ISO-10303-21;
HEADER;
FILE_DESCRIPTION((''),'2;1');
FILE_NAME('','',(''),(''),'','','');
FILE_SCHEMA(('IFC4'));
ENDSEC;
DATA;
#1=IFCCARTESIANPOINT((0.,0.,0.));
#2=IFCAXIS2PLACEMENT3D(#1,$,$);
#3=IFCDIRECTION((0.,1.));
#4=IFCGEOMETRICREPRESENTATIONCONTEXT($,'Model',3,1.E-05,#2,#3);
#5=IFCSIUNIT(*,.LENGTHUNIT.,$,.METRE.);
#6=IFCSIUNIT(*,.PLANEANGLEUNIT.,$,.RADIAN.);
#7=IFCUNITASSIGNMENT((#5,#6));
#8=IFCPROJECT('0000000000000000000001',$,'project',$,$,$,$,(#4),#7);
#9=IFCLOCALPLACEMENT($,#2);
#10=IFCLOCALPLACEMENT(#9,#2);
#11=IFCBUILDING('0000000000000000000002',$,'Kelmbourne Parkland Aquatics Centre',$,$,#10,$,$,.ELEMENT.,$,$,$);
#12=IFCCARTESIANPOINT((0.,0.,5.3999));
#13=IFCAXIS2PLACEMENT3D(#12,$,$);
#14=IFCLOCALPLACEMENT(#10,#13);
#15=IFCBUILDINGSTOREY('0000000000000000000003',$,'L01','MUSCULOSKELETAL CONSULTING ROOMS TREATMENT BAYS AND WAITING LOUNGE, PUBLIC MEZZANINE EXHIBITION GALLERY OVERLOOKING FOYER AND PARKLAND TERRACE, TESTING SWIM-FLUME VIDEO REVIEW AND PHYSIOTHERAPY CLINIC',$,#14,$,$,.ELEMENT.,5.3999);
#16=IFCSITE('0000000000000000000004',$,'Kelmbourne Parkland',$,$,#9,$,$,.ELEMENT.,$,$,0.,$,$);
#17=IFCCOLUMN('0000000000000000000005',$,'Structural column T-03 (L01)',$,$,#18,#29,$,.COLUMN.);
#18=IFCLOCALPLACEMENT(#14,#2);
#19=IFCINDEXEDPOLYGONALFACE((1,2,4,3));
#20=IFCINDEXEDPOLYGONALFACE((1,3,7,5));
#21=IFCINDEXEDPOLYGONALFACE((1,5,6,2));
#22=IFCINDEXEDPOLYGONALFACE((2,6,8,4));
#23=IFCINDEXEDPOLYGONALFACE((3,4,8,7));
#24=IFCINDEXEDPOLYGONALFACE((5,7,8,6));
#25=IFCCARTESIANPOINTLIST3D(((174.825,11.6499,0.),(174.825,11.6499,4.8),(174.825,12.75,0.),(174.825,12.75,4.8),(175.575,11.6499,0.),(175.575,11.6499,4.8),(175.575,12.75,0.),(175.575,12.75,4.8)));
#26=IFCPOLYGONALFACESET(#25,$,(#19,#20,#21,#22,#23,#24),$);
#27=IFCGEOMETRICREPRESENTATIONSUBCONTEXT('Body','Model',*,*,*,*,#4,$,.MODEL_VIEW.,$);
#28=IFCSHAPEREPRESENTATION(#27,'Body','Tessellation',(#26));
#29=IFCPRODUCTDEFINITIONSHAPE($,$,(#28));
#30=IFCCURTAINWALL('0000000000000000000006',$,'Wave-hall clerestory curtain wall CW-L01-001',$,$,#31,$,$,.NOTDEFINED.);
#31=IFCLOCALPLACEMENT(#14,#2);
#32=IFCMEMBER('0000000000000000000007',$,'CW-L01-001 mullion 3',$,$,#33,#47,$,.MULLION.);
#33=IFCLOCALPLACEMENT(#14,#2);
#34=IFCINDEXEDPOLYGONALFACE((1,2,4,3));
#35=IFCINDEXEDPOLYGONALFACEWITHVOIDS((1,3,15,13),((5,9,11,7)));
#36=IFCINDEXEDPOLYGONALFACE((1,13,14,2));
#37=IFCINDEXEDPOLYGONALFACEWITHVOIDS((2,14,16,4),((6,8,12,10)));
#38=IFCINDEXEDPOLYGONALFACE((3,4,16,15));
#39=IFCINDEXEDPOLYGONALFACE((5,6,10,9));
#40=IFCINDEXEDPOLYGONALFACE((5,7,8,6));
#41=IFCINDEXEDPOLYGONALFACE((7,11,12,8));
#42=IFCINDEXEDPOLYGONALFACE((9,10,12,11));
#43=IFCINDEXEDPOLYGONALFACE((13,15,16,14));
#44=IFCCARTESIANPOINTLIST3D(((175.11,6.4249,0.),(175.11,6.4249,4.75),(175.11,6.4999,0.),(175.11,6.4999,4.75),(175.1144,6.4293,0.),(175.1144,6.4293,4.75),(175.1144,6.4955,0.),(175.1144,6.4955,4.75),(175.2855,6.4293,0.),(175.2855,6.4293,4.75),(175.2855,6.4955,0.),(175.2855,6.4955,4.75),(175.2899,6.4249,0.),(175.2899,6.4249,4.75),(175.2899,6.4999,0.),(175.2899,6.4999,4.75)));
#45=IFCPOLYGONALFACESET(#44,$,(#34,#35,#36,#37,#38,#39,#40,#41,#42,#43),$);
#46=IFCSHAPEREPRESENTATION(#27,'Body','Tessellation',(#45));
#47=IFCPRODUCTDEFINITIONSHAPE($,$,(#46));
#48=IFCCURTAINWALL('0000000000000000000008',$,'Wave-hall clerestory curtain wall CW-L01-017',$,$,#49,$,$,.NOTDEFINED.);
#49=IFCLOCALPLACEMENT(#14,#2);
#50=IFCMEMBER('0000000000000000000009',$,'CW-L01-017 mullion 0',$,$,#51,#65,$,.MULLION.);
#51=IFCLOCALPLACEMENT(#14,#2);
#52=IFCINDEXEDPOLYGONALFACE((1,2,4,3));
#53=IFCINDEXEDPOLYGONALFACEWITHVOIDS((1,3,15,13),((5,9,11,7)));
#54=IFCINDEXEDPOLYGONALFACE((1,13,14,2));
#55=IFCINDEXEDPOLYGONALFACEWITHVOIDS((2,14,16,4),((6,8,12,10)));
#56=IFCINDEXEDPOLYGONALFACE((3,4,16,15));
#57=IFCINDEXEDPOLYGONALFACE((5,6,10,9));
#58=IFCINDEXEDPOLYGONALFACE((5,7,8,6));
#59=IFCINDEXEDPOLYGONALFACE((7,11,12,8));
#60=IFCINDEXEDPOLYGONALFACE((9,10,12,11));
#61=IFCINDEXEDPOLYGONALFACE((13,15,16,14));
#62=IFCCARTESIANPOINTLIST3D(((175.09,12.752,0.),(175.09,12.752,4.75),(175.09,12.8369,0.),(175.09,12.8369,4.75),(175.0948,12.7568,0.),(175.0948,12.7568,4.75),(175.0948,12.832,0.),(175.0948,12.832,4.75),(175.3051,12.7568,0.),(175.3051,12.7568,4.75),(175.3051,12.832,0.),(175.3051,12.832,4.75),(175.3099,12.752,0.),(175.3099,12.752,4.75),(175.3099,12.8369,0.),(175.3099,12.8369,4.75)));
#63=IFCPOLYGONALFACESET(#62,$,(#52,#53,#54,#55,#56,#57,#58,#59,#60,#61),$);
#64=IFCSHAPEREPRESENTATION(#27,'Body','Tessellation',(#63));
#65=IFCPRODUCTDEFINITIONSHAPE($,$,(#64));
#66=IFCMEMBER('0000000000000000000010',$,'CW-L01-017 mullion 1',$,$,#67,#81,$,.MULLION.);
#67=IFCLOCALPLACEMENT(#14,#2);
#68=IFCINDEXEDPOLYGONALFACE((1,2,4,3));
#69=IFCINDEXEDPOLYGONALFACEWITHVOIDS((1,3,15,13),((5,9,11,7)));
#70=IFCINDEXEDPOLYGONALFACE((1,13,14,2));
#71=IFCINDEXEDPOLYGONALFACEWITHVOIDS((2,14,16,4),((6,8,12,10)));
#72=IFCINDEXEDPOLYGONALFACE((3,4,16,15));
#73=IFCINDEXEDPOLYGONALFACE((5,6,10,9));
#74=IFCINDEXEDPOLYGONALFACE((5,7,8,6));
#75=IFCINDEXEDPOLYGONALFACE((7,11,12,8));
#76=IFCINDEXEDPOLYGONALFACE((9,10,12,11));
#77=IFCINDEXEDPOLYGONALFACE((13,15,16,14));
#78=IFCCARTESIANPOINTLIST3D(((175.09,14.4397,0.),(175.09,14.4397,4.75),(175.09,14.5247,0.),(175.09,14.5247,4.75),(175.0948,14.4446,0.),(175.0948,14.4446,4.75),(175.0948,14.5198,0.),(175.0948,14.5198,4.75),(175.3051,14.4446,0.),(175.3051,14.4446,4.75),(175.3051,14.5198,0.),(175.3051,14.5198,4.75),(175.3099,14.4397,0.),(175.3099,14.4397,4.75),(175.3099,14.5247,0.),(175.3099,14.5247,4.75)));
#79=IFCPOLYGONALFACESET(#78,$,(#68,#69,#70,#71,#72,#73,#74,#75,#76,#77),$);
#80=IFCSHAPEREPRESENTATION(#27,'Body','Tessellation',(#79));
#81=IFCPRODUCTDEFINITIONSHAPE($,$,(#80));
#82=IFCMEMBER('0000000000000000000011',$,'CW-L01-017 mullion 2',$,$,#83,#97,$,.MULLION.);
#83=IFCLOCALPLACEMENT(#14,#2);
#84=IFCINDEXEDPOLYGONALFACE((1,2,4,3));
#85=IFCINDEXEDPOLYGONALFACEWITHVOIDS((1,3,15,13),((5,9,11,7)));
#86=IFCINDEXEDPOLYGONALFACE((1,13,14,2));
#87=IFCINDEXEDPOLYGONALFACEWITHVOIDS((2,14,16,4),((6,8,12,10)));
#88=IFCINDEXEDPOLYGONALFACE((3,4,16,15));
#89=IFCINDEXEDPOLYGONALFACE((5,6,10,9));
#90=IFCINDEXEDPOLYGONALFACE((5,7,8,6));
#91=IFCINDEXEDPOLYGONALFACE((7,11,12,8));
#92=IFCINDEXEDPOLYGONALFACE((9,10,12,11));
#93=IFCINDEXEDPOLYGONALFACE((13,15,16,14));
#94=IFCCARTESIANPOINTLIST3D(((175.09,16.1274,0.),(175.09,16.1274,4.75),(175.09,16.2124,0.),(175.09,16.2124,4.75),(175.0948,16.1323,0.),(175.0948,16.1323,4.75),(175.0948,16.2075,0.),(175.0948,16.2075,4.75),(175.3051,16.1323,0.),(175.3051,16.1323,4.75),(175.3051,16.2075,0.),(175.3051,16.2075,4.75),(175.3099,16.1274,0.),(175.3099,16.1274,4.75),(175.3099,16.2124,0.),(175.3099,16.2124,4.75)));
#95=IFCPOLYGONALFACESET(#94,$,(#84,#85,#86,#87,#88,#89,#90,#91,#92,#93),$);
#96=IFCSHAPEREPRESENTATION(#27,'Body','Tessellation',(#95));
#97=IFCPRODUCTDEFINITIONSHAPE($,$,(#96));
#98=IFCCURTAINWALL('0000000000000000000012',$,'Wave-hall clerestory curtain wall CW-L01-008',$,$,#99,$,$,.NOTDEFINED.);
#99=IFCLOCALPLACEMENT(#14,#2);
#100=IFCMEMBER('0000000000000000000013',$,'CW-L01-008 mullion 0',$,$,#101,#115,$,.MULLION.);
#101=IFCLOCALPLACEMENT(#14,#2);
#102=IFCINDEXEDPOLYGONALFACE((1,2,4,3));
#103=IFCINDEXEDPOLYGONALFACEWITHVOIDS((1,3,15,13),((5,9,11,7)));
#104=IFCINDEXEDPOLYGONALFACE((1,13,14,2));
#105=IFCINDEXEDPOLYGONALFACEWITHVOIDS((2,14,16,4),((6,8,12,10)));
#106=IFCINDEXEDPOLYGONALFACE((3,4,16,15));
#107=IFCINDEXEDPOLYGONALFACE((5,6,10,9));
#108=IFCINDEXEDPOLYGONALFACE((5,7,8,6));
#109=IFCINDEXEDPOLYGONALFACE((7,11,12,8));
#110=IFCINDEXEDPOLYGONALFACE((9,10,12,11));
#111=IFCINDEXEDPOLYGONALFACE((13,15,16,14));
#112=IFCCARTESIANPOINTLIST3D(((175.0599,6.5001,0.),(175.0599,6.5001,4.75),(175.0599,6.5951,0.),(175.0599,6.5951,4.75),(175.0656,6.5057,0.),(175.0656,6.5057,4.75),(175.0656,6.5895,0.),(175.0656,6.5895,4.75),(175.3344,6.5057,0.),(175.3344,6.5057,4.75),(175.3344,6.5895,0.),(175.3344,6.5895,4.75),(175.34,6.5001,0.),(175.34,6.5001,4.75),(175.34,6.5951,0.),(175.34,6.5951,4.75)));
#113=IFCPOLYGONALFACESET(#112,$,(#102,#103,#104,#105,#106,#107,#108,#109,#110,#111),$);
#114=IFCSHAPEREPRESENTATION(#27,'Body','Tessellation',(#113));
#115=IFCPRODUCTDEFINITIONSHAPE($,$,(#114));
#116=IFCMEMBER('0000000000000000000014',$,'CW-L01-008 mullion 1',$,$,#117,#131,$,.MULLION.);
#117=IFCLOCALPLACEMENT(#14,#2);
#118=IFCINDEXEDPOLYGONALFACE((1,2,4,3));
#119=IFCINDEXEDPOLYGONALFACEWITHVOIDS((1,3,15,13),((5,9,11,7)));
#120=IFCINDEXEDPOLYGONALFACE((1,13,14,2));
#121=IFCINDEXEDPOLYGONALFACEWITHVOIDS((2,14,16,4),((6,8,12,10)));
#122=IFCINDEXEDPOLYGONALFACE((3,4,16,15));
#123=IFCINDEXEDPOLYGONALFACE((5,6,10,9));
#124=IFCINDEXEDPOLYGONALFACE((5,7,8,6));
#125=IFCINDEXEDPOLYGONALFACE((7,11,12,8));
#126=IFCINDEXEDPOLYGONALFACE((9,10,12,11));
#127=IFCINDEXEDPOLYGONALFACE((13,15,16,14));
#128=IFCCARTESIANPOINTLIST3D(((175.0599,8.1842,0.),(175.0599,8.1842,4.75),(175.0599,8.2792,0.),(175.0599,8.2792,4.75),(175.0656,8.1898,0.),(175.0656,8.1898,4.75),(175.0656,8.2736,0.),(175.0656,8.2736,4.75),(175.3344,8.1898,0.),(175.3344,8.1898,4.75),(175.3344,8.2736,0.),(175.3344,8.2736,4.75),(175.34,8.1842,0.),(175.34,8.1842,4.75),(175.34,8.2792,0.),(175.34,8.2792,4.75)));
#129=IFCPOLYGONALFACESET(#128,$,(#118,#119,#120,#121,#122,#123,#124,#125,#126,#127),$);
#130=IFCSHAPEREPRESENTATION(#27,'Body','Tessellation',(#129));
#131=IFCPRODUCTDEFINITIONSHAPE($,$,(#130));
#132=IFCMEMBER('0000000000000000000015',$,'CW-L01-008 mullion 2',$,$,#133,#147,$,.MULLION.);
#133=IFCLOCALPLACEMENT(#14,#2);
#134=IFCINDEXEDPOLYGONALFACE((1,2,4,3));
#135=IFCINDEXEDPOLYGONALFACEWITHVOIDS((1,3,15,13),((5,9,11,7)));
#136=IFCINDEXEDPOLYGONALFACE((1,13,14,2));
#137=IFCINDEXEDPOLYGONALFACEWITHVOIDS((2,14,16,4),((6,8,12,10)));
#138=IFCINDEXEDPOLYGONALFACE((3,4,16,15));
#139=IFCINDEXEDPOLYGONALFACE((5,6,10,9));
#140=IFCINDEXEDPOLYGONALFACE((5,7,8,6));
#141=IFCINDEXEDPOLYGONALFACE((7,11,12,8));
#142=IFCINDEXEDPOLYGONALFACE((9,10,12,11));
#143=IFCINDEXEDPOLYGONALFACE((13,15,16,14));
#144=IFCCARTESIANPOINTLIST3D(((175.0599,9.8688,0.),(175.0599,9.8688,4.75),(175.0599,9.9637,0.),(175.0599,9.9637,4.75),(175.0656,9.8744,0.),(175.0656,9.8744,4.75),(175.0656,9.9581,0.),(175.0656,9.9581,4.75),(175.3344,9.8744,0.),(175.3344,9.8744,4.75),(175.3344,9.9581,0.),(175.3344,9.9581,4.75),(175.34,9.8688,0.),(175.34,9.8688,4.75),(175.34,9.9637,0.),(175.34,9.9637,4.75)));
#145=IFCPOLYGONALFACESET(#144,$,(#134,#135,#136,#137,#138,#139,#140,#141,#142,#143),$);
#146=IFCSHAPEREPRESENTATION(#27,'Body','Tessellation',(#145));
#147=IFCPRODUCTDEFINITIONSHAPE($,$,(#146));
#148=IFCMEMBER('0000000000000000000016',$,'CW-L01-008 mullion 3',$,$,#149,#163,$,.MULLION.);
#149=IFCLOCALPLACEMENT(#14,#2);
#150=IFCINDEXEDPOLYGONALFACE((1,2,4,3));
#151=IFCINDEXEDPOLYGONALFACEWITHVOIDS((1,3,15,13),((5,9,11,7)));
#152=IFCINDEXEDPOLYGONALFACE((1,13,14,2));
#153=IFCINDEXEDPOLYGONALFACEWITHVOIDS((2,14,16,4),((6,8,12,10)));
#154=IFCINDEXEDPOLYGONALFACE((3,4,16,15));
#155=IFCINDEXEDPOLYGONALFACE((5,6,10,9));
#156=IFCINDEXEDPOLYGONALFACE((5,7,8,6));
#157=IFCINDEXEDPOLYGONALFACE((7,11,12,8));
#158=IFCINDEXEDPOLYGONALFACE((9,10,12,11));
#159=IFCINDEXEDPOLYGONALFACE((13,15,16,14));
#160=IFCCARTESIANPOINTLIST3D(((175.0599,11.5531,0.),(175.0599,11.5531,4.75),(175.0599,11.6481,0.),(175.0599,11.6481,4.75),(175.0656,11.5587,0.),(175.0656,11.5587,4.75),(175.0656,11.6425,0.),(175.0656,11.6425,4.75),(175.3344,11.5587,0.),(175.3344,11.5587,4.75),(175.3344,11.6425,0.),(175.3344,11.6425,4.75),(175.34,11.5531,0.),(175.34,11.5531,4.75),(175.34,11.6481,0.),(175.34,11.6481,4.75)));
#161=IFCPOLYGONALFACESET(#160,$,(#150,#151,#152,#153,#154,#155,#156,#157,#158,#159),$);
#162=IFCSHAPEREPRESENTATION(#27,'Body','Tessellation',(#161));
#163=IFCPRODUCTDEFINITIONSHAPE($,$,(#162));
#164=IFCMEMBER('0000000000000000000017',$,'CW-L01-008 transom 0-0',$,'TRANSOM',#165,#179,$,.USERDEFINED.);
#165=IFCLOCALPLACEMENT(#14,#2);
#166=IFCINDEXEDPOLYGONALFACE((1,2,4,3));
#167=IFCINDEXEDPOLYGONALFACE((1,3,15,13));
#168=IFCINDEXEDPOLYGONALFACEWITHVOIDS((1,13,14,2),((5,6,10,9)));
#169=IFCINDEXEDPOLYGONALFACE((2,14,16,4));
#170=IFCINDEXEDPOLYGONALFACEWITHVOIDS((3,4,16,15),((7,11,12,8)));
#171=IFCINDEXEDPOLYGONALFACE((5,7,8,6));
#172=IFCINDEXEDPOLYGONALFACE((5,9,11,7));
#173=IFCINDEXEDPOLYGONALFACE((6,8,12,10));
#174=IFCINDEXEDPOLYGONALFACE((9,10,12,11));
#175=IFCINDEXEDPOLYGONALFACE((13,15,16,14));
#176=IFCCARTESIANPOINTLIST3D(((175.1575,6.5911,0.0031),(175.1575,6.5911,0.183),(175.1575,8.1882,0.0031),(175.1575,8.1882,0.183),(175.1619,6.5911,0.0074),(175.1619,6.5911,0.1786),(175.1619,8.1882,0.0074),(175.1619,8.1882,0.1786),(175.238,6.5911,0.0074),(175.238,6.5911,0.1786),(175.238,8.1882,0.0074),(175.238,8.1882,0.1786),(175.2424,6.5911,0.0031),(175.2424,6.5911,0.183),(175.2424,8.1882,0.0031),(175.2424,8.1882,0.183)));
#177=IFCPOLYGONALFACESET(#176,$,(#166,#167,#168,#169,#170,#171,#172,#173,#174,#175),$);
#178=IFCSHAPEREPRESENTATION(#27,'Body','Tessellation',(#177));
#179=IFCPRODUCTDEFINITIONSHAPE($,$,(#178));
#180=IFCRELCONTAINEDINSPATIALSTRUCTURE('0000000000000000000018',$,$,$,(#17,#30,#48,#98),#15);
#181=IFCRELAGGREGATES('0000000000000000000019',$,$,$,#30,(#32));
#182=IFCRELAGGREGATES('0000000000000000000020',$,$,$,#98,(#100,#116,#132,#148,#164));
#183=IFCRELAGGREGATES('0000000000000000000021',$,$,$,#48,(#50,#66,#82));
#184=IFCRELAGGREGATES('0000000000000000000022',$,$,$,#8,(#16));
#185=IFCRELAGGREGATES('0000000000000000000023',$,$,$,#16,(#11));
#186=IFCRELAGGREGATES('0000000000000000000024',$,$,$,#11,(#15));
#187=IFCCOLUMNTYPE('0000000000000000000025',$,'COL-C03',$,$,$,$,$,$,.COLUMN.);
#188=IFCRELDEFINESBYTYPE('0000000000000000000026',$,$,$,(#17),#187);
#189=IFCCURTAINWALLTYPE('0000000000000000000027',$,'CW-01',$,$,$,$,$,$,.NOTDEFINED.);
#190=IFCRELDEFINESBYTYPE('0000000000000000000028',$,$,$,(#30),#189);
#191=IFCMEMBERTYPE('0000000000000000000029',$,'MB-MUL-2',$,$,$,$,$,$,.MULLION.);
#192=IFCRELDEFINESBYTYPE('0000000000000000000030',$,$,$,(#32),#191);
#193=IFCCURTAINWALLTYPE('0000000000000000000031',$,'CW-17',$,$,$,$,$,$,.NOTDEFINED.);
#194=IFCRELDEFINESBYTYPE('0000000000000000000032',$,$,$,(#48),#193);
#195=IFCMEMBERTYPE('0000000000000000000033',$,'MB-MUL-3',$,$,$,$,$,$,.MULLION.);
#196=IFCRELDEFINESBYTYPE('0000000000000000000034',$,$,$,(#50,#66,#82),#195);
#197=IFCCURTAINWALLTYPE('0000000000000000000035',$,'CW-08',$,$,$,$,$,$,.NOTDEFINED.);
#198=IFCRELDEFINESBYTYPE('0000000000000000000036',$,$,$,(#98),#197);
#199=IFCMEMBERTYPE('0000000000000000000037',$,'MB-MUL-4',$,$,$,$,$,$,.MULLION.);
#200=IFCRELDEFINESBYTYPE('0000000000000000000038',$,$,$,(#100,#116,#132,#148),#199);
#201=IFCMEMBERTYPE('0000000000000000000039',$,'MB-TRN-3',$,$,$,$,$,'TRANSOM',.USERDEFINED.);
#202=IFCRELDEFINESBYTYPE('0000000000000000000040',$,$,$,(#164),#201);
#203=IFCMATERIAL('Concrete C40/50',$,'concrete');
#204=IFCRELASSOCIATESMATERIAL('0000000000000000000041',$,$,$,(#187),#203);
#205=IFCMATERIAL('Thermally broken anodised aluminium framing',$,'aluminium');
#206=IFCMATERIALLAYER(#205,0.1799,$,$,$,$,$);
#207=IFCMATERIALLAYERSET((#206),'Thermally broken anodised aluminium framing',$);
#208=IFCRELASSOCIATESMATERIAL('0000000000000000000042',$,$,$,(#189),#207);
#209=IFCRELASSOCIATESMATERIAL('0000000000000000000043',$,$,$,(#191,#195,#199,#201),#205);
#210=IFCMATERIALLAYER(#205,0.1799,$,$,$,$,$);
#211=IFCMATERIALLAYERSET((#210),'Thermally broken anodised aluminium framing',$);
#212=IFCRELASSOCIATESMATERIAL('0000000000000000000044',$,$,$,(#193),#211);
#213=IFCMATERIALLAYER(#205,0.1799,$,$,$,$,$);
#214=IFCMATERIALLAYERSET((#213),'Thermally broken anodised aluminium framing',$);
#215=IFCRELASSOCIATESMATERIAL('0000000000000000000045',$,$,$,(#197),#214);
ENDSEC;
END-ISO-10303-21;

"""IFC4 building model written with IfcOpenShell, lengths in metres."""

from ifc_helpers import new_model, si_unit, direction, frame, origin, origin_2d, place, context, subcontext, project, spatial, rectangle, hollow_rectangle, extrude, material, layer, layer_set, material_profile, profile_set, type_object, element, aggregate, save


model = new_model("IFC4")

# Units and contexts
model_context = context("Model", 3, precision=1e-05, world=origin(), true_north=direction((0.0, 1.0)))
body_context = subcontext(model_context, "Body", "Model", "MODEL_VIEW")
ifc_project = project(units=[si_unit("LENGTHUNIT", "METRE"), si_unit("PLANEANGLEUNIT", "RADIAN")], contexts=[model_context])

# Site, building, storey
site_placement = place(None, origin())
site = spatial("IfcSite", under=ifc_project, at=site_placement, Name="Kelmbourne Parkland", CompositionType="ELEMENT", RefElevation=0.0)
building_placement = place(site_placement, origin())
building = spatial("IfcBuilding", under=site, at=building_placement, Name="Kelmbourne Parkland Aquatics Centre", CompositionType="ELEMENT")
storey_placement = place(building_placement, frame((0.0, 0.0, 5.3999)))
storey = spatial("IfcBuildingStorey", under=building, at=storey_placement, Name="L01", Description="MUSCULOSKELETAL CONSULTING ROOMS TREATMENT BAYS AND WAITING LOUNGE, PUBLIC MEZZANINE EXHIBITION GALLERY OVERLOOKING FOYER AND PARKLAND TERRACE, TESTING SWIM-FLUME VIDEO REVIEW AND PHYSIOTHERAPY CLINIC", CompositionType="ELEMENT", Elevation=5.3999)

# Column
ifc_material_1 = material(Name="Concrete C40/50", Category="concrete")
ifc_material_profile_1 = material_profile(ifc_material_1, rectangle(XDim=0.75, YDim=1.1001, at=origin_2d()), Name="RC 750x1100")
ifc_profile_set_1 = profile_set([ifc_material_profile_1], Name="Concrete C40/50")
column_type = type_object("IfcColumnType", Name="COL-C03", PredefinedType="COLUMN", material=ifc_profile_set_1)
column_placement = place(storey_placement, frame((175.2, 12.2, 0.0), z_axis=(0.0, 0.0, 1.0), x_axis=(1.0, 0.0, 0.0)))
element("IfcColumn", 1, at=column_placement, inside=storey, type_object=column_type, Name="Structural column T-03 (L01)", PredefinedType="COLUMN", context=body_context, shape_type="SweptSolid", body=[
    extrude(rectangle(XDim=0.75, YDim=1.1001, at=origin_2d()), origin(), (0.0, 0.0, 1.0), 4.8),
])

# Curtain wall, member
ifc_material_2 = material(Name="Thermally broken anodised aluminium framing", Category="aluminium")
ifc_layer_1 = layer(ifc_material_2, 0.1799)
ifc_layer_set_1 = layer_set([ifc_layer_1], Name="Thermally broken anodised aluminium framing")
curtain_wall_type_1 = type_object("IfcCurtainWallType", Name="CW-01", PredefinedType="NOTDEFINED", material=ifc_layer_set_1)
curtain_wall_1_placement = place(storey_placement, origin())
curtain_wall_1 = element("IfcCurtainWall", 2, at=curtain_wall_1_placement, inside=storey, type_object=curtain_wall_type_1, Name="Wave-hall clerestory curtain wall CW-L01-001", PredefinedType="NOTDEFINED")
ifc_material_profile_2 = material_profile(ifc_material_2, hollow_rectangle(XDim=0.075, YDim=0.1799, WallThickness=0.0044, at=origin_2d()), Name="CW-M 75x180")
ifc_profile_set_2 = profile_set([ifc_material_profile_2], Name="Thermally broken anodised aluminium framing")
member_type_1 = type_object("IfcMemberType", Name="MB-MUL-2", PredefinedType="MULLION", material=ifc_profile_set_2)
member_1_placement = place(storey_placement, frame((175.2, 6.4624, 0.0), z_axis=(0.0, 0.0, 1.0), x_axis=(0.0, 1.0, 0.0)))
member_1 = element("IfcMember", 3, at=member_1_placement, type_object=member_type_1, Name="CW-L01-001 mullion 3", PredefinedType="MULLION", context=body_context, shape_type="SweptSolid", body=[
    extrude(hollow_rectangle(XDim=0.075, YDim=0.1799, WallThickness=0.0044, at=origin_2d()), origin(), (0.0, 0.0, 1.0), 4.75),
])

# Curtain walls, members
ifc_layer_2 = layer(ifc_material_2, 0.1799)
ifc_layer_set_2 = layer_set([ifc_layer_2], Name="Thermally broken anodised aluminium framing")
curtain_wall_type_2 = type_object("IfcCurtainWallType", Name="CW-17", PredefinedType="NOTDEFINED", material=ifc_layer_set_2)
curtain_wall_2_placement = place(storey_placement, origin())
curtain_wall_2 = element("IfcCurtainWall", 4, at=curtain_wall_2_placement, inside=storey, type_object=curtain_wall_type_2, Name="Wave-hall clerestory curtain wall CW-L01-017", PredefinedType="NOTDEFINED")
ifc_material_profile_3 = material_profile(ifc_material_2, hollow_rectangle(XDim=0.085, YDim=0.22, WallThickness=0.0049, at=origin_2d()), Name="CW-M 85x220")
ifc_profile_set_3 = profile_set([ifc_material_profile_3], Name="Thermally broken anodised aluminium framing")
member_type_2 = type_object("IfcMemberType", Name="MB-MUL-3", PredefinedType="MULLION", material=ifc_profile_set_3)
member_2_placement = place(storey_placement, frame((175.2, 12.7944, 0.0), z_axis=(0.0, 0.0, 1.0), x_axis=(0.0, 1.0, 0.0)))
member_2 = element("IfcMember", 5, at=member_2_placement, type_object=member_type_2, Name="CW-L01-017 mullion 0", PredefinedType="MULLION", context=body_context, shape_type="SweptSolid", body=[
    extrude(hollow_rectangle(XDim=0.085, YDim=0.22, WallThickness=0.0049, at=origin_2d()), origin(), (0.0, 0.0, 1.0), 4.75),
])
member_3_placement = place(storey_placement, frame((175.2, 14.4822, 0.0), z_axis=(0.0, 0.0, 1.0), x_axis=(0.0, 1.0, 0.0)))
member_3 = element("IfcMember", 6, at=member_3_placement, type_object=member_type_2, Name="CW-L01-017 mullion 1", PredefinedType="MULLION", context=body_context, shape_type="SweptSolid", body=[
    extrude(hollow_rectangle(XDim=0.085, YDim=0.22, WallThickness=0.0049, at=origin_2d()), origin(), (0.0, 0.0, 1.0), 4.75),
])
member_4_placement = place(storey_placement, frame((175.2, 16.1699, 0.0), z_axis=(0.0, 0.0, 1.0), x_axis=(0.0, 1.0, 0.0)))
member_4 = element("IfcMember", 7, at=member_4_placement, type_object=member_type_2, Name="CW-L01-017 mullion 2", PredefinedType="MULLION", context=body_context, shape_type="SweptSolid", body=[
    extrude(hollow_rectangle(XDim=0.085, YDim=0.22, WallThickness=0.0049, at=origin_2d()), origin(), (0.0, 0.0, 1.0), 4.75),
])
ifc_layer_3 = layer(ifc_material_2, 0.1799)
ifc_layer_set_3 = layer_set([ifc_layer_3], Name="Thermally broken anodised aluminium framing")
curtain_wall_type_3 = type_object("IfcCurtainWallType", Name="CW-08", PredefinedType="NOTDEFINED", material=ifc_layer_set_3)
curtain_wall_3_placement = place(storey_placement, origin())
curtain_wall_3 = element("IfcCurtainWall", 8, at=curtain_wall_3_placement, inside=storey, type_object=curtain_wall_type_3, Name="Wave-hall clerestory curtain wall CW-L01-008", PredefinedType="NOTDEFINED")
ifc_material_profile_4 = material_profile(ifc_material_2, hollow_rectangle(XDim=0.095, YDim=0.28, WallThickness=0.0056, at=origin_2d()), Name="CW-M 95x280")
ifc_profile_set_4 = profile_set([ifc_material_profile_4], Name="Thermally broken anodised aluminium framing")
member_type_3 = type_object("IfcMemberType", Name="MB-MUL-4", PredefinedType="MULLION", material=ifc_profile_set_4)
member_5_placement = place(storey_placement, frame((175.2, 6.5476, 0.0), z_axis=(0.0, 0.0, 1.0), x_axis=(0.0, 1.0, 0.0)))
member_5 = element("IfcMember", 9, at=member_5_placement, type_object=member_type_3, Name="CW-L01-008 mullion 0", PredefinedType="MULLION", context=body_context, shape_type="SweptSolid", body=[
    extrude(hollow_rectangle(XDim=0.095, YDim=0.28, WallThickness=0.0056, at=origin_2d()), origin(), (0.0, 0.0, 1.0), 4.75),
])
member_6_placement = place(storey_placement, frame((175.2, 8.2317, 0.0), z_axis=(0.0, 0.0, 1.0), x_axis=(0.0, 1.0, 0.0)))
member_6 = element("IfcMember", 10, at=member_6_placement, type_object=member_type_3, Name="CW-L01-008 mullion 1", PredefinedType="MULLION", context=body_context, shape_type="SweptSolid", body=[
    extrude(hollow_rectangle(XDim=0.095, YDim=0.28, WallThickness=0.0056, at=origin_2d()), origin(), (0.0, 0.0, 1.0), 4.75),
])
member_7_placement = place(storey_placement, frame((175.2, 9.9163, 0.0), z_axis=(0.0, 0.0, 1.0), x_axis=(0.0, 1.0, 0.0)))
member_7 = element("IfcMember", 11, at=member_7_placement, type_object=member_type_3, Name="CW-L01-008 mullion 2", PredefinedType="MULLION", context=body_context, shape_type="SweptSolid", body=[
    extrude(hollow_rectangle(XDim=0.095, YDim=0.28, WallThickness=0.0056, at=origin_2d()), origin(), (0.0, 0.0, 1.0), 4.75),
])
member_8_placement = place(storey_placement, frame((175.2, 11.6006, 0.0), z_axis=(0.0, 0.0, 1.0), x_axis=(0.0, 1.0, 0.0)))
member_8 = element("IfcMember", 12, at=member_8_placement, type_object=member_type_3, Name="CW-L01-008 mullion 3", PredefinedType="MULLION", context=body_context, shape_type="SweptSolid", body=[
    extrude(hollow_rectangle(XDim=0.095, YDim=0.28, WallThickness=0.0056, at=origin_2d()), origin(), (0.0, 0.0, 1.0), 4.75),
])
ifc_material_profile_5 = material_profile(ifc_material_2, hollow_rectangle(XDim=0.085, YDim=0.1799, WallThickness=0.0044, at=origin_2d()), Name="CW-T 85x180")
ifc_profile_set_5 = profile_set([ifc_material_profile_5], Name="Thermally broken anodised aluminium framing")
member_type_4 = type_object("IfcMemberType", Name="MB-TRN-3", ElementType="TRANSOM", PredefinedType="USERDEFINED", material=ifc_profile_set_5)
member_9_placement = place(storey_placement, frame((175.2, 6.5911, 0.093), z_axis=(0.0, 1.0, 0.0), x_axis=(-1.0, 0.0, 0.0)))
member_9 = element("IfcMember", 13, at=member_9_placement, type_object=member_type_4, Name="CW-L01-008 transom 0-0", ObjectType="TRANSOM", PredefinedType="USERDEFINED", context=body_context, shape_type="SweptSolid", body=[
    extrude(hollow_rectangle(XDim=0.085, YDim=0.1799, WallThickness=0.0044, at=origin_2d()), origin(), (0.0, 0.0, 1.0), 1.5972),
])

aggregate(curtain_wall_1, [member_1])
aggregate(curtain_wall_3, [member_5, member_6, member_7, member_8, member_9])
aggregate(curtain_wall_2, [member_2, member_3, member_4])

save(model, "model.ifc")
